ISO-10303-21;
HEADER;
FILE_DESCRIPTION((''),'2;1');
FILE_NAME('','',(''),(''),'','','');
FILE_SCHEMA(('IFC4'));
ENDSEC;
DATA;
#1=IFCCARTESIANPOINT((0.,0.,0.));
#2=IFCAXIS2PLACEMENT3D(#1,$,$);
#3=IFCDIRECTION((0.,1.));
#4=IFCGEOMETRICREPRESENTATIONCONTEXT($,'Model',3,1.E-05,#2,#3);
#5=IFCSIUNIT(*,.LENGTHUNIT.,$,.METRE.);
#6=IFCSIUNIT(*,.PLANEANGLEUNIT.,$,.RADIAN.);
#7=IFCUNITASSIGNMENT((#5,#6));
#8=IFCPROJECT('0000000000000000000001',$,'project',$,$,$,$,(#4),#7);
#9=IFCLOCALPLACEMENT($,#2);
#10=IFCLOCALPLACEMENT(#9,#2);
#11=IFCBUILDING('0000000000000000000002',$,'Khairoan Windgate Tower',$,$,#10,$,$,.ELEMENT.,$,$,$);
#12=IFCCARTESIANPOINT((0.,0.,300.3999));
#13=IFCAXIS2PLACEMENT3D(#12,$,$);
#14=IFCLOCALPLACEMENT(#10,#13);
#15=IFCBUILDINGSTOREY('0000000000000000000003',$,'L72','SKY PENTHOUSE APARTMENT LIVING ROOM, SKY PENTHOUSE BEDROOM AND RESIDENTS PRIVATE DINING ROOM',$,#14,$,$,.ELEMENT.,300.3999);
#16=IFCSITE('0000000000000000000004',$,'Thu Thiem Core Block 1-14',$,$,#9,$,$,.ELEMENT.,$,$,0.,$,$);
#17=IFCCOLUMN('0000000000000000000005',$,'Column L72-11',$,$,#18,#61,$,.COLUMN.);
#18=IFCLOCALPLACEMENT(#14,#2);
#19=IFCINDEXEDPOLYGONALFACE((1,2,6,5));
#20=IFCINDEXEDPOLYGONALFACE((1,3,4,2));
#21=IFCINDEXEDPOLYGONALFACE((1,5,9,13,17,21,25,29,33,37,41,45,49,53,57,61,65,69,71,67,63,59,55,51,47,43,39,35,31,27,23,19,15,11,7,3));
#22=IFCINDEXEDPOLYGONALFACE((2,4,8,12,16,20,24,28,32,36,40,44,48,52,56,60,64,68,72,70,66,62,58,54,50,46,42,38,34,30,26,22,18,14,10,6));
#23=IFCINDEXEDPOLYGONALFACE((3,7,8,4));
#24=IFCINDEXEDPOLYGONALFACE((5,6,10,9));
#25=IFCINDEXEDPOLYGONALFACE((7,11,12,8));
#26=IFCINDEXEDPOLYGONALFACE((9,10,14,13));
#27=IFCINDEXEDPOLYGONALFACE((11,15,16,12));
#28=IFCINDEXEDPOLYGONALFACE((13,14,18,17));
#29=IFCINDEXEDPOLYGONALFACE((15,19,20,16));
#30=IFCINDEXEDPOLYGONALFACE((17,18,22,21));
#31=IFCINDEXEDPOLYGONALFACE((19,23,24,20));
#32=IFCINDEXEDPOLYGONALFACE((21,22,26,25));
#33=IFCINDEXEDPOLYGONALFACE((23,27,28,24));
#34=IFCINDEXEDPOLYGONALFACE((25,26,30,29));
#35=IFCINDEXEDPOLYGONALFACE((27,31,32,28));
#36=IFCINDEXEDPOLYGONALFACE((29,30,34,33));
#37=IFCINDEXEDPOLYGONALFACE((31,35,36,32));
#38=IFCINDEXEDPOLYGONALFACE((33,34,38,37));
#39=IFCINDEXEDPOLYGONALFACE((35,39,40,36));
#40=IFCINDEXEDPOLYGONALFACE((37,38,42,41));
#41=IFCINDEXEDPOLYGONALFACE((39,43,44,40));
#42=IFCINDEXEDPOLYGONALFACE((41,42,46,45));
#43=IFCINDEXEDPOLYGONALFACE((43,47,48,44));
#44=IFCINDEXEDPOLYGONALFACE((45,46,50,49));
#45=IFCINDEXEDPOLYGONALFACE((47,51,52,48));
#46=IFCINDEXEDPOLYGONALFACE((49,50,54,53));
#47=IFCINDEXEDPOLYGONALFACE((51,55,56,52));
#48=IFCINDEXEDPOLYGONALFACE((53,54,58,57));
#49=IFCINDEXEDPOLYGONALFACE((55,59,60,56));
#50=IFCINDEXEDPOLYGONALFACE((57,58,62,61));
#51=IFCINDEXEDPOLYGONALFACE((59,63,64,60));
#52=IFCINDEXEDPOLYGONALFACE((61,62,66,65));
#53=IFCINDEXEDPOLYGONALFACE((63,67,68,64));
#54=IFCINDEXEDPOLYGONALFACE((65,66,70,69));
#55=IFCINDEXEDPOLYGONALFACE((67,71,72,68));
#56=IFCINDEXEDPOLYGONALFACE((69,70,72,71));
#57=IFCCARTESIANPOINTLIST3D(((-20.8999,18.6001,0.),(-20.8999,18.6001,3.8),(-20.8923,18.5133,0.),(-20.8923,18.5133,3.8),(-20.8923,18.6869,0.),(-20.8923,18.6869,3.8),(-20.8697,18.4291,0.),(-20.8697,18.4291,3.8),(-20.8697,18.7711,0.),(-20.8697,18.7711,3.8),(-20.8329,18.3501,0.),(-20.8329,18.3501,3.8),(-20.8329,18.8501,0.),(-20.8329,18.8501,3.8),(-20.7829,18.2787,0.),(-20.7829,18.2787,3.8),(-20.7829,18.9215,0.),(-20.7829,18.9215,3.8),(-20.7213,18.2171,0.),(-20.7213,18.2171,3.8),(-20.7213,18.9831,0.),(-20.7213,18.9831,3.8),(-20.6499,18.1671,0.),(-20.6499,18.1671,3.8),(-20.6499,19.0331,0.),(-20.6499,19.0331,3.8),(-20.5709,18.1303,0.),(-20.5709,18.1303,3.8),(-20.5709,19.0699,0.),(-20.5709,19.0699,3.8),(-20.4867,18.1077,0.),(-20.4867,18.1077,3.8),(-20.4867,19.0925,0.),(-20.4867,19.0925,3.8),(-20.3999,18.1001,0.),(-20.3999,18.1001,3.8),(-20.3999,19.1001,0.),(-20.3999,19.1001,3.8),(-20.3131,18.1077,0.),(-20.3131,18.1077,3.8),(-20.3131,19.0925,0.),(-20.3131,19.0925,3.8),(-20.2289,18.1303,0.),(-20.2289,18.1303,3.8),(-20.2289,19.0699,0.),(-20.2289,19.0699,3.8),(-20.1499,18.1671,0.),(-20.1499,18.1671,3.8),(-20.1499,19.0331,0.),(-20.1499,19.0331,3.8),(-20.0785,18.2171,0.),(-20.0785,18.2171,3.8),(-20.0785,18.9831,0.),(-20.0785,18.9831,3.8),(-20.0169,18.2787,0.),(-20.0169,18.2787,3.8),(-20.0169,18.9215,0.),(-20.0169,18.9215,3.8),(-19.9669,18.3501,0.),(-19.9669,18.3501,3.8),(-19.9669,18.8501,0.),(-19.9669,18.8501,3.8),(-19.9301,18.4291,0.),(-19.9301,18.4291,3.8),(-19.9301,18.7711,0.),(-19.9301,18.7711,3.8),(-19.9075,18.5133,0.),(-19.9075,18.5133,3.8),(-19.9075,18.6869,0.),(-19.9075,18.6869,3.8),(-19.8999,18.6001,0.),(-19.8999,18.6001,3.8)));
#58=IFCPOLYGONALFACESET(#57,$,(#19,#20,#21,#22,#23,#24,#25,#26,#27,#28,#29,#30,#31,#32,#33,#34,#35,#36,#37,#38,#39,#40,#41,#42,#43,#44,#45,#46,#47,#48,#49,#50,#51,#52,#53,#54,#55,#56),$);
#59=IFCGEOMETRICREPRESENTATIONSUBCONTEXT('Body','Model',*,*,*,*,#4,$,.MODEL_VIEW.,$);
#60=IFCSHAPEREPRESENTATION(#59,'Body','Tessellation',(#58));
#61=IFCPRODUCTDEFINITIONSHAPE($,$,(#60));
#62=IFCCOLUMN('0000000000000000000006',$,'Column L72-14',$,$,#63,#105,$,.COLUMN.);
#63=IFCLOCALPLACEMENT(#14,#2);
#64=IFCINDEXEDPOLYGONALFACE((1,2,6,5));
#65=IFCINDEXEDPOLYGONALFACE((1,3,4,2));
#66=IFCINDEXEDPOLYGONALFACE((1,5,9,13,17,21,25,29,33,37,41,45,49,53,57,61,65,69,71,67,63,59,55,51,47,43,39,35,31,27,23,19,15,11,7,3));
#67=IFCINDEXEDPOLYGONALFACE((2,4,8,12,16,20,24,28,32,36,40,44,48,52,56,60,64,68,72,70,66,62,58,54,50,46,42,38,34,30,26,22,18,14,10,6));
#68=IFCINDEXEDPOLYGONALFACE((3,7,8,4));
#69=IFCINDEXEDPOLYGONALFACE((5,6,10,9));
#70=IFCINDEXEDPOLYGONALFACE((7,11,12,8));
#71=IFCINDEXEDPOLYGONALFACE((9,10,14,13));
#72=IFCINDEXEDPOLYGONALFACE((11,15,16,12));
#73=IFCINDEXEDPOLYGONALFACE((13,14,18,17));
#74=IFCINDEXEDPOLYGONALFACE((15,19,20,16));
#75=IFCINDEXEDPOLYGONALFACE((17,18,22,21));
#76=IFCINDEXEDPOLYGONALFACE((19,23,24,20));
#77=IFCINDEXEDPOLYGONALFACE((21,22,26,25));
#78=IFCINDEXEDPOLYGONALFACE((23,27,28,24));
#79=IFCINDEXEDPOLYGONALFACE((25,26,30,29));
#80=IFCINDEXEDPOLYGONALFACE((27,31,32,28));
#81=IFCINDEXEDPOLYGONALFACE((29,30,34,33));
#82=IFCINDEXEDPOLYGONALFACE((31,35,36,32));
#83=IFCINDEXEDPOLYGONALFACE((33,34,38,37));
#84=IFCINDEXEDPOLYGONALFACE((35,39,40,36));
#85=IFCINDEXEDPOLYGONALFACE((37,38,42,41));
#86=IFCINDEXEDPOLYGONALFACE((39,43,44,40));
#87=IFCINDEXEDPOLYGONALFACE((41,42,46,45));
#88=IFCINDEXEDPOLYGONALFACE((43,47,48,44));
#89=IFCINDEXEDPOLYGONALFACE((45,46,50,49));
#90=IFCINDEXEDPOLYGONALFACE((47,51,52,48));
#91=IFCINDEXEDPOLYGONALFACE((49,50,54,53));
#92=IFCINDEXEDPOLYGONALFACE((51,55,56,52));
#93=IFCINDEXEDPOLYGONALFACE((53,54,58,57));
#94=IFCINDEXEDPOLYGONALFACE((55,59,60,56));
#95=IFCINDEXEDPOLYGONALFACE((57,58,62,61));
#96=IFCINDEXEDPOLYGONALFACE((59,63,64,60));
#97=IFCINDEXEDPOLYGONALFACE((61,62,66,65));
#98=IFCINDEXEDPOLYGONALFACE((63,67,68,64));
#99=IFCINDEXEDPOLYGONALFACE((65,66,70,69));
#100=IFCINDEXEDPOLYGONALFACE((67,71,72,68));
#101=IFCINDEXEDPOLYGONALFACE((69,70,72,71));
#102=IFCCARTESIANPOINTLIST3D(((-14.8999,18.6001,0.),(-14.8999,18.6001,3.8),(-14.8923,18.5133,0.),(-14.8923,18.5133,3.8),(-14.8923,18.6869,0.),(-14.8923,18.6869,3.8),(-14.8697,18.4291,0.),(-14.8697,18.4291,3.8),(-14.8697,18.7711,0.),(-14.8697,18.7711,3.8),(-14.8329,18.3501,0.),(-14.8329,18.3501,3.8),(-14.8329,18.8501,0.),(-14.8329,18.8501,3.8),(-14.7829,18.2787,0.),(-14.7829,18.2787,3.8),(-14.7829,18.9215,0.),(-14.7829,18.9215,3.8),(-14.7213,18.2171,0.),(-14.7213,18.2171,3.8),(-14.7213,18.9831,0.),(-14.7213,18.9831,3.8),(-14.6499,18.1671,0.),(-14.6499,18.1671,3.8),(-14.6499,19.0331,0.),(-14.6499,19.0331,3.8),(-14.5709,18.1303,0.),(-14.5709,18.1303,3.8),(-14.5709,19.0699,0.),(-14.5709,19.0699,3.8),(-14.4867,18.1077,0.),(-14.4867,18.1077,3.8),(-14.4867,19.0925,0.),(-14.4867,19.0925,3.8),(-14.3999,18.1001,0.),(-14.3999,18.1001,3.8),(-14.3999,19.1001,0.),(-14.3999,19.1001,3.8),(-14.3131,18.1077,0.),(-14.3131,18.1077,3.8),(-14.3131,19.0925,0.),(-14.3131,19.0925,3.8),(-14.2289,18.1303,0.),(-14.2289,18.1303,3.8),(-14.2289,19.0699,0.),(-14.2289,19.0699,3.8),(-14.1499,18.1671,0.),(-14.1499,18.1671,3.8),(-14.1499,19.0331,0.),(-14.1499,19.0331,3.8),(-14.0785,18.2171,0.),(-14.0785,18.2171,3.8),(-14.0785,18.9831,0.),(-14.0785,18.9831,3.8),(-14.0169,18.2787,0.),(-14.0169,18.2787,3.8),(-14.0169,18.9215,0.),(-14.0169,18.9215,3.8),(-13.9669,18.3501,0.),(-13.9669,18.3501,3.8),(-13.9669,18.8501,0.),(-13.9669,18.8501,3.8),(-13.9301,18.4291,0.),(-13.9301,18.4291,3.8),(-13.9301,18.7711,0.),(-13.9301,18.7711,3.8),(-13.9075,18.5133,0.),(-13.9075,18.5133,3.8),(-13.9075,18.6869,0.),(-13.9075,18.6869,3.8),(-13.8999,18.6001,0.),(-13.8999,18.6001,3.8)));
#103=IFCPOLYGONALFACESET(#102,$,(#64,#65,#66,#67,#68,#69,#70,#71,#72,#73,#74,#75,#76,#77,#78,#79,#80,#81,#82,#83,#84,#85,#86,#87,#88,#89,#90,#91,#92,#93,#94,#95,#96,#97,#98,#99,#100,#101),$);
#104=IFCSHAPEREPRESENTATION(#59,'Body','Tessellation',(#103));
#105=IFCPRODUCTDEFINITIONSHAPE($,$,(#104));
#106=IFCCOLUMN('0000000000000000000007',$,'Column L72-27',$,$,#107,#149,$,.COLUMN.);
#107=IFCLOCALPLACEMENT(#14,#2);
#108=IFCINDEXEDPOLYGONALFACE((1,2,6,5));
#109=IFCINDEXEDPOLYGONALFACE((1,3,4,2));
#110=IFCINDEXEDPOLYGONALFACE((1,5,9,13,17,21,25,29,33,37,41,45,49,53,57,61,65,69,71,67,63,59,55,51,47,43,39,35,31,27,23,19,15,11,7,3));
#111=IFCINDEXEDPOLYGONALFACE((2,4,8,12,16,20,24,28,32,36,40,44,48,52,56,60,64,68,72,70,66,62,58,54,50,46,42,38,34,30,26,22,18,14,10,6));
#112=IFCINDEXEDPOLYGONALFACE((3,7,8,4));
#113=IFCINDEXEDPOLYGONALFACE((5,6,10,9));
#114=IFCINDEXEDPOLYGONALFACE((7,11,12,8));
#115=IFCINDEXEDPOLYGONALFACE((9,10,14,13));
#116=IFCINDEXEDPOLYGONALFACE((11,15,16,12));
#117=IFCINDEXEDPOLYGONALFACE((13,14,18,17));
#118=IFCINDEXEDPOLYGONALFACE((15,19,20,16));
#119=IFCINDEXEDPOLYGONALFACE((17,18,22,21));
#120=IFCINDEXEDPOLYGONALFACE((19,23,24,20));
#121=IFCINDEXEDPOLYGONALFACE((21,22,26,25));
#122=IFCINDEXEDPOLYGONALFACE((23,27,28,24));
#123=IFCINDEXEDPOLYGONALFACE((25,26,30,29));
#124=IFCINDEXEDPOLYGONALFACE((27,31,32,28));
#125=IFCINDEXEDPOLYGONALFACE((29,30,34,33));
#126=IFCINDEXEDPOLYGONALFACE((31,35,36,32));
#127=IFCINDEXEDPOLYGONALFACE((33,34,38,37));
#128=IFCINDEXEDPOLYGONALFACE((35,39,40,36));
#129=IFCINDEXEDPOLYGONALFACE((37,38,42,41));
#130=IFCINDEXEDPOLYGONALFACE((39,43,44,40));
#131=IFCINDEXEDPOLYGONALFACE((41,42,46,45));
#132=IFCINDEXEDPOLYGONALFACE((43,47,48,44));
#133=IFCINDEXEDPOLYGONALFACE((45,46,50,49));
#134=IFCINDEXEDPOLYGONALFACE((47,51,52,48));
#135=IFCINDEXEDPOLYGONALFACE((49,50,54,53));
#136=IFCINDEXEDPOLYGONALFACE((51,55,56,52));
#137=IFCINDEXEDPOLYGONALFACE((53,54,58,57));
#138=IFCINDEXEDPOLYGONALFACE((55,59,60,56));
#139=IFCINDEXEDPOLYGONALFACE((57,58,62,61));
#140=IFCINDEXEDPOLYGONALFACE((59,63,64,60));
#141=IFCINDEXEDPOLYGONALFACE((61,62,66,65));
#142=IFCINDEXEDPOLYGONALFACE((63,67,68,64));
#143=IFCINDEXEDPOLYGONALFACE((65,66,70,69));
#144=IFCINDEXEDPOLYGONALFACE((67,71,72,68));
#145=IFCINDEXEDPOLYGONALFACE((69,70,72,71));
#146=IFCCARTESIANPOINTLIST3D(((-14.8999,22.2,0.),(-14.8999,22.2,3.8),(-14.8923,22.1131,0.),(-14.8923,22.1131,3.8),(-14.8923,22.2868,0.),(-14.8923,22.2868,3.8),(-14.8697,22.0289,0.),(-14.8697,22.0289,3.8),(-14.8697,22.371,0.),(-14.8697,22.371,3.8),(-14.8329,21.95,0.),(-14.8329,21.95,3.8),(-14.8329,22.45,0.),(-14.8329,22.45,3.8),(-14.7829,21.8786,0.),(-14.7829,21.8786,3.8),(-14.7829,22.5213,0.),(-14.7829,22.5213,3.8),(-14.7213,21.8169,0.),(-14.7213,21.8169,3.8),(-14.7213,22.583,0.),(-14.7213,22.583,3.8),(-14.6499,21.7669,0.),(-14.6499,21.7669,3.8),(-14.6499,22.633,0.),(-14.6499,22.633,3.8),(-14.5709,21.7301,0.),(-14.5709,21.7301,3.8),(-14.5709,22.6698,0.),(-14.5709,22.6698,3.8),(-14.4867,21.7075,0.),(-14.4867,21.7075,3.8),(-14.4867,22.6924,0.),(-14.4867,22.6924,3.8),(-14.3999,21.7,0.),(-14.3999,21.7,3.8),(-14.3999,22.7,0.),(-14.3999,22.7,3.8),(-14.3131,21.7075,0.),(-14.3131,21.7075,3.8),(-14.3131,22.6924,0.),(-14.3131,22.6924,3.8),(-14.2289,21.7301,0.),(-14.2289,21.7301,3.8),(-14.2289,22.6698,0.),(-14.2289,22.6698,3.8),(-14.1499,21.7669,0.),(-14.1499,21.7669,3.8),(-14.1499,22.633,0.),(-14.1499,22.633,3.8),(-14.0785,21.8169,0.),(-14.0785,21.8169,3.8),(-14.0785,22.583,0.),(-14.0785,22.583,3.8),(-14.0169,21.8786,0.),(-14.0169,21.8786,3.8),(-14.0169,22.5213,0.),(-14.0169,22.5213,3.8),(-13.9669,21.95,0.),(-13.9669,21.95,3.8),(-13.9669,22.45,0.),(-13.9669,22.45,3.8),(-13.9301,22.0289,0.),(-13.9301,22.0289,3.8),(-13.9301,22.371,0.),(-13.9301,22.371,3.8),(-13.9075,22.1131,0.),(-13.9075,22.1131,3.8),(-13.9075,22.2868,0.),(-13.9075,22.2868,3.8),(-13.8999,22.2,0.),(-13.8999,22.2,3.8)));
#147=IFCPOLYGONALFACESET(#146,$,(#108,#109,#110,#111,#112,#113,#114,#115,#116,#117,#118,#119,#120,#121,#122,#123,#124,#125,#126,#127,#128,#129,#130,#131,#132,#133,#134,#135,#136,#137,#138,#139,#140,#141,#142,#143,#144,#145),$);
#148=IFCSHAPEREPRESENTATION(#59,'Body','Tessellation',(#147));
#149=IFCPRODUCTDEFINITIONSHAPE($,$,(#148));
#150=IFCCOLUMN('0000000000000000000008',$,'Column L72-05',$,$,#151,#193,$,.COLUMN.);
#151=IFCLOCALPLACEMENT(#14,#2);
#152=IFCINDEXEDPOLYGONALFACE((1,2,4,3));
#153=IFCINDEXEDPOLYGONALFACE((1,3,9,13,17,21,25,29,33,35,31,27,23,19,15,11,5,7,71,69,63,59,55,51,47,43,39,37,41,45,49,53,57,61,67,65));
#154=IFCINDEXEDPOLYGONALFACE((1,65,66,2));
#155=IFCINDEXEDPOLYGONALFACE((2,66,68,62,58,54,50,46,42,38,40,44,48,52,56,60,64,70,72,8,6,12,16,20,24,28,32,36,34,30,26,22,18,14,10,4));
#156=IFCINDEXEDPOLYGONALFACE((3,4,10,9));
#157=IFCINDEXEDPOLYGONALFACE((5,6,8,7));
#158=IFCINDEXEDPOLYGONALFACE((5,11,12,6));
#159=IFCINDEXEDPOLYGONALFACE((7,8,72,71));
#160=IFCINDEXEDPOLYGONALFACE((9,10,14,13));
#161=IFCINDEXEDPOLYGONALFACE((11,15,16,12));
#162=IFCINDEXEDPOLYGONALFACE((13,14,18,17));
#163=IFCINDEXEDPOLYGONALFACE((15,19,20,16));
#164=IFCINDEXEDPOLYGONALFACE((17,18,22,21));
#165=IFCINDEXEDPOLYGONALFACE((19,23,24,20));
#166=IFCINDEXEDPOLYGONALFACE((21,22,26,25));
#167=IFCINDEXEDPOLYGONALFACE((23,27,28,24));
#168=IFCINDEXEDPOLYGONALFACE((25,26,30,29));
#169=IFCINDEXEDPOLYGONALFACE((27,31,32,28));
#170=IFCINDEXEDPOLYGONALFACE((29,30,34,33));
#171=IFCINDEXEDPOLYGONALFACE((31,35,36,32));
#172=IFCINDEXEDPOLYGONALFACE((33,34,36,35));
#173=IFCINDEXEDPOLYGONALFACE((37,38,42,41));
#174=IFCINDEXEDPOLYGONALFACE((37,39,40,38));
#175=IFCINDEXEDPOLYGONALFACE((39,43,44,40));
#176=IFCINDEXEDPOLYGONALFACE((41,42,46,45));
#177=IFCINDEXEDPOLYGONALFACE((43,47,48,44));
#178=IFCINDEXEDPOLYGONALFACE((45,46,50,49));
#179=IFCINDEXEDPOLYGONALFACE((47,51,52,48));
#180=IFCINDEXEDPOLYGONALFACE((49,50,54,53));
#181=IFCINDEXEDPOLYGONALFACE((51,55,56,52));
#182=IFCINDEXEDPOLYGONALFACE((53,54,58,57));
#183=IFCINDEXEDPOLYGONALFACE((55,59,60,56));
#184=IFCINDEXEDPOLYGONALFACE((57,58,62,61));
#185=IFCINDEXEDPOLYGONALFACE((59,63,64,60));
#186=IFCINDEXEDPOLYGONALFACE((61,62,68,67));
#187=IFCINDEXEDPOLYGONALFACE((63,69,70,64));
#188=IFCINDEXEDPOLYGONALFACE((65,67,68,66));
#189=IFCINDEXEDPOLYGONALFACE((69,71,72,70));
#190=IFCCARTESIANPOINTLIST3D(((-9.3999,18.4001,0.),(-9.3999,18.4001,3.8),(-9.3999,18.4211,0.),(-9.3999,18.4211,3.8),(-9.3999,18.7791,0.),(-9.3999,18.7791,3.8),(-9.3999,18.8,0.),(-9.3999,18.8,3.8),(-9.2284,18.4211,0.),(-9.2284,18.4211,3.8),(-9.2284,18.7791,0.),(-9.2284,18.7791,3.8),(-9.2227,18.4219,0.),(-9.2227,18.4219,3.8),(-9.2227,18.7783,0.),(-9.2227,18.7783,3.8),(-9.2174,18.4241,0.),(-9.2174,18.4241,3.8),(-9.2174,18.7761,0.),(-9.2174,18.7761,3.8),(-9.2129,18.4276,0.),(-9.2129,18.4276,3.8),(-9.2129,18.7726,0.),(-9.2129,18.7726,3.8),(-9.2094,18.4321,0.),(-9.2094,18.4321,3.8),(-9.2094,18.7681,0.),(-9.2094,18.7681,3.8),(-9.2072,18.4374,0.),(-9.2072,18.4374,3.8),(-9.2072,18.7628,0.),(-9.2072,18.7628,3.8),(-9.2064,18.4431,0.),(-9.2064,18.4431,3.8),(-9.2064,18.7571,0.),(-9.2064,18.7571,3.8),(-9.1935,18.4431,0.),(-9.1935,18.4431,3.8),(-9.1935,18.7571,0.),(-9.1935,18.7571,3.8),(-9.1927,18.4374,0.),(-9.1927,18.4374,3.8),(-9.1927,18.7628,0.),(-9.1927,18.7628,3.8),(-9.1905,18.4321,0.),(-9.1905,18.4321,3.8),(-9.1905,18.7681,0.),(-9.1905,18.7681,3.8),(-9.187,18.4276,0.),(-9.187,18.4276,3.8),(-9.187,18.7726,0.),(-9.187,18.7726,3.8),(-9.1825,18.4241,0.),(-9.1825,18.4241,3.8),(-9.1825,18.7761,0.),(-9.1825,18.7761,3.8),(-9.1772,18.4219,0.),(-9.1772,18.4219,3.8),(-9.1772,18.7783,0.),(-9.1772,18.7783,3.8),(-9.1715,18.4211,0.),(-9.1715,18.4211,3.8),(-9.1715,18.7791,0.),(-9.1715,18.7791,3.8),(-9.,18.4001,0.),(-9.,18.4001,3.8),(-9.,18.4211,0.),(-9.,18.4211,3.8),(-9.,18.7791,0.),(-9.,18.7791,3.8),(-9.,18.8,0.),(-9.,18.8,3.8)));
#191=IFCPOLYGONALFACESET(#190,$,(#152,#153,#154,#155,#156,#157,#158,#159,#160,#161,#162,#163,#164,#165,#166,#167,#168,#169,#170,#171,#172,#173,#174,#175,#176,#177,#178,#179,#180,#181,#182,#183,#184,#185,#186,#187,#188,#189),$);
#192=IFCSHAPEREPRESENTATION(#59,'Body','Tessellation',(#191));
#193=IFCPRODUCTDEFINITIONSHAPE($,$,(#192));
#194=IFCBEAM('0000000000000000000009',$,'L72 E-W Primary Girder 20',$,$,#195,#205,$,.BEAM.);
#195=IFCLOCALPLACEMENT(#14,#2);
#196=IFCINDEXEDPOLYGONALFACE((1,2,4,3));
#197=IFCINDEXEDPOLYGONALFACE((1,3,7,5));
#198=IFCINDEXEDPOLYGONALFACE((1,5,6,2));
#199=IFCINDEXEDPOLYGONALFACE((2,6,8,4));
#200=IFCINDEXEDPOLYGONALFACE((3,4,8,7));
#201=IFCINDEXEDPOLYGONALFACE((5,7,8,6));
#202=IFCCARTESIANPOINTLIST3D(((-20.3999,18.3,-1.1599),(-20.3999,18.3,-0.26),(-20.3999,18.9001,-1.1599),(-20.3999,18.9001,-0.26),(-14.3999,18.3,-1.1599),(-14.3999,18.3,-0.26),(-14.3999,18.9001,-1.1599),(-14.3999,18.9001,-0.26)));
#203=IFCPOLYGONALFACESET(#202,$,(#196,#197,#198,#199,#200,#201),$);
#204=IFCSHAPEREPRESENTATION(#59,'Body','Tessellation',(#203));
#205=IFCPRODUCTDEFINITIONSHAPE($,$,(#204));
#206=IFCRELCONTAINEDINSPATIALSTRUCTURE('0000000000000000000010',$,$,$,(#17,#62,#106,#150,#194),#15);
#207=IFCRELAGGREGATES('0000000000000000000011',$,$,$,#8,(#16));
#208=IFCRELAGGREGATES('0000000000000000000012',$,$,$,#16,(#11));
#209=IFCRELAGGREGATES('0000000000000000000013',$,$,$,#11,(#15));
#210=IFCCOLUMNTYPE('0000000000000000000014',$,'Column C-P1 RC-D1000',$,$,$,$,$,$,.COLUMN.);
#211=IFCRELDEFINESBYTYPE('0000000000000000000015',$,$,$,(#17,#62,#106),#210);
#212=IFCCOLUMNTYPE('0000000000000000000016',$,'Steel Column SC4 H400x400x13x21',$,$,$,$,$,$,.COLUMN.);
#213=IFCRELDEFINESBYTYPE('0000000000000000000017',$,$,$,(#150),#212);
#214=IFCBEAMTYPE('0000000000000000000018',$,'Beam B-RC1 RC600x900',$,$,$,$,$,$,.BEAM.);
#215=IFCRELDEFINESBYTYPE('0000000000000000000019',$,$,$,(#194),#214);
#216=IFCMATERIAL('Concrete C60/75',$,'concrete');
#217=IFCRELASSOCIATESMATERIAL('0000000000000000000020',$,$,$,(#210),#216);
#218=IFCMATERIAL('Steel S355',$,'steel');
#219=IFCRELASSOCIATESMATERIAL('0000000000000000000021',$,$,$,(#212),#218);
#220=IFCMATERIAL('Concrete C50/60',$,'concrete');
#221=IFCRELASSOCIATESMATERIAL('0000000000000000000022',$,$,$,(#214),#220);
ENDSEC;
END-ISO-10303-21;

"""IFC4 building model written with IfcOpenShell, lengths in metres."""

from ifc_helpers import new_model, si_unit, direction, frame, origin, origin_2d, place, context, subcontext, project, spatial, rectangle, circle, i_section, extrude, material, material_profile, profile_set, type_object, element, save


model = new_model("IFC4")

# Units and contexts
model_context = context("Model", 3, precision=1e-05, world=origin(), true_north=direction((0.0, 1.0)))
body_context = subcontext(model_context, "Body", "Model", "MODEL_VIEW")
ifc_project = project(units=[si_unit("LENGTHUNIT", "METRE"), si_unit("PLANEANGLEUNIT", "RADIAN")], contexts=[model_context])

# Site, building, storey
site_placement = place(None, origin())
site = spatial("IfcSite", under=ifc_project, at=site_placement, Name="Thu Thiem Core Block 1-14", CompositionType="ELEMENT", RefElevation=0.0)
building_placement = place(site_placement, origin())
building = spatial("IfcBuilding", under=site, at=building_placement, Name="Khairoan Windgate Tower", CompositionType="ELEMENT")
storey_placement = place(building_placement, frame((0.0, 0.0, 300.3999)))
storey = spatial("IfcBuildingStorey", under=building, at=storey_placement, Name="L72", Description="SKY PENTHOUSE APARTMENT LIVING ROOM, SKY PENTHOUSE BEDROOM AND RESIDENTS PRIVATE DINING ROOM", CompositionType="ELEMENT", Elevation=300.3999)

# Columns
ifc_material_1 = material(Name="Concrete C60/75", Category="concrete")
ifc_material_profile_1 = material_profile(ifc_material_1, circle(Radius=0.5, at=origin_2d()))
ifc_profile_set_1 = profile_set([ifc_material_profile_1], Name="Concrete C60/75")
column_type_1 = type_object("IfcColumnType", Name="Column C-P1 RC-D1000", PredefinedType="COLUMN", material=ifc_profile_set_1)
for number, where, z_axis, x_axis, name in (
    (1, (-20.3999, 18.6001, 0.0), (0.0, 0.0, 1.0), (1.0, 0.0, 0.0), "Column L72-11"),
    (2, (-14.3999, 18.6001, 0.0), (0.0, 0.0, 1.0), (1.0, 0.0, 0.0), "Column L72-14"),
    (3, (-14.3999, 22.2, 0.0), (0.0, 0.0, 1.0), (1.0, 0.0, 0.0), "Column L72-27"),
):
    element("IfcColumn", number, at=place(storey_placement, frame(where, z_axis=z_axis, x_axis=x_axis)), inside=storey, type_object=column_type_1, Name=name, PredefinedType="COLUMN", context=body_context, shape_type="SweptSolid", body=[
        extrude(circle(Radius=0.5, at=origin_2d()), origin(), (0.0, 0.0, 1.0), 3.8),
    ])
ifc_material_2 = material(Name="Steel S355", Category="steel")
ifc_material_profile_2 = material_profile(ifc_material_2, i_section(OverallWidth=0.3999, OverallDepth=0.3999, WebThickness=0.0129, FlangeThickness=0.021, FilletRadius=0.022, at=origin_2d()))
ifc_profile_set_2 = profile_set([ifc_material_profile_2], Name="Steel S355")
column_type_2 = type_object("IfcColumnType", Name="Steel Column SC4 H400x400x13x21", PredefinedType="COLUMN", material=ifc_profile_set_2)
column_placement = place(storey_placement, frame((-9.2, 18.6001, 0.0), z_axis=(0.0, 0.0, 1.0), x_axis=(1.0, 0.0, 0.0)))
element("IfcColumn", 4, at=column_placement, inside=storey, type_object=column_type_2, Name="Column L72-05", PredefinedType="COLUMN", context=body_context, shape_type="SweptSolid", body=[
    extrude(i_section(OverallWidth=0.3999, OverallDepth=0.3999, WebThickness=0.0129, FlangeThickness=0.021, FilletRadius=0.022, at=origin_2d()), origin(), (0.0, 0.0, 1.0), 3.8),
])

# Beam
ifc_material_3 = material(Name="Concrete C50/60", Category="concrete")
ifc_material_profile_3 = material_profile(ifc_material_3, rectangle(XDim=0.6001, YDim=0.8999, at=origin_2d()))
ifc_profile_set_3 = profile_set([ifc_material_profile_3], Name="Concrete C50/60")
beam_type = type_object("IfcBeamType", Name="Beam B-RC1 RC600x900", PredefinedType="BEAM", material=ifc_profile_set_3)
beam_1_placement = place(storey_placement, frame((-20.3999, 18.6001, -0.71), z_axis=(1.0, 0.0, 0.0), x_axis=(0.0, 1.0, 0.0)))
element("IfcBeam", 5, at=beam_1_placement, inside=storey, type_object=beam_type, Name="L72 E-W Primary Girder 20", PredefinedType="BEAM", context=body_context, shape_type="SweptSolid", body=[
    extrude(rectangle(XDim=0.6001, YDim=0.8999, at=origin_2d()), origin(), (0.0, 0.0, 1.0), 6.0),
])

save(model, "model.ifc")
